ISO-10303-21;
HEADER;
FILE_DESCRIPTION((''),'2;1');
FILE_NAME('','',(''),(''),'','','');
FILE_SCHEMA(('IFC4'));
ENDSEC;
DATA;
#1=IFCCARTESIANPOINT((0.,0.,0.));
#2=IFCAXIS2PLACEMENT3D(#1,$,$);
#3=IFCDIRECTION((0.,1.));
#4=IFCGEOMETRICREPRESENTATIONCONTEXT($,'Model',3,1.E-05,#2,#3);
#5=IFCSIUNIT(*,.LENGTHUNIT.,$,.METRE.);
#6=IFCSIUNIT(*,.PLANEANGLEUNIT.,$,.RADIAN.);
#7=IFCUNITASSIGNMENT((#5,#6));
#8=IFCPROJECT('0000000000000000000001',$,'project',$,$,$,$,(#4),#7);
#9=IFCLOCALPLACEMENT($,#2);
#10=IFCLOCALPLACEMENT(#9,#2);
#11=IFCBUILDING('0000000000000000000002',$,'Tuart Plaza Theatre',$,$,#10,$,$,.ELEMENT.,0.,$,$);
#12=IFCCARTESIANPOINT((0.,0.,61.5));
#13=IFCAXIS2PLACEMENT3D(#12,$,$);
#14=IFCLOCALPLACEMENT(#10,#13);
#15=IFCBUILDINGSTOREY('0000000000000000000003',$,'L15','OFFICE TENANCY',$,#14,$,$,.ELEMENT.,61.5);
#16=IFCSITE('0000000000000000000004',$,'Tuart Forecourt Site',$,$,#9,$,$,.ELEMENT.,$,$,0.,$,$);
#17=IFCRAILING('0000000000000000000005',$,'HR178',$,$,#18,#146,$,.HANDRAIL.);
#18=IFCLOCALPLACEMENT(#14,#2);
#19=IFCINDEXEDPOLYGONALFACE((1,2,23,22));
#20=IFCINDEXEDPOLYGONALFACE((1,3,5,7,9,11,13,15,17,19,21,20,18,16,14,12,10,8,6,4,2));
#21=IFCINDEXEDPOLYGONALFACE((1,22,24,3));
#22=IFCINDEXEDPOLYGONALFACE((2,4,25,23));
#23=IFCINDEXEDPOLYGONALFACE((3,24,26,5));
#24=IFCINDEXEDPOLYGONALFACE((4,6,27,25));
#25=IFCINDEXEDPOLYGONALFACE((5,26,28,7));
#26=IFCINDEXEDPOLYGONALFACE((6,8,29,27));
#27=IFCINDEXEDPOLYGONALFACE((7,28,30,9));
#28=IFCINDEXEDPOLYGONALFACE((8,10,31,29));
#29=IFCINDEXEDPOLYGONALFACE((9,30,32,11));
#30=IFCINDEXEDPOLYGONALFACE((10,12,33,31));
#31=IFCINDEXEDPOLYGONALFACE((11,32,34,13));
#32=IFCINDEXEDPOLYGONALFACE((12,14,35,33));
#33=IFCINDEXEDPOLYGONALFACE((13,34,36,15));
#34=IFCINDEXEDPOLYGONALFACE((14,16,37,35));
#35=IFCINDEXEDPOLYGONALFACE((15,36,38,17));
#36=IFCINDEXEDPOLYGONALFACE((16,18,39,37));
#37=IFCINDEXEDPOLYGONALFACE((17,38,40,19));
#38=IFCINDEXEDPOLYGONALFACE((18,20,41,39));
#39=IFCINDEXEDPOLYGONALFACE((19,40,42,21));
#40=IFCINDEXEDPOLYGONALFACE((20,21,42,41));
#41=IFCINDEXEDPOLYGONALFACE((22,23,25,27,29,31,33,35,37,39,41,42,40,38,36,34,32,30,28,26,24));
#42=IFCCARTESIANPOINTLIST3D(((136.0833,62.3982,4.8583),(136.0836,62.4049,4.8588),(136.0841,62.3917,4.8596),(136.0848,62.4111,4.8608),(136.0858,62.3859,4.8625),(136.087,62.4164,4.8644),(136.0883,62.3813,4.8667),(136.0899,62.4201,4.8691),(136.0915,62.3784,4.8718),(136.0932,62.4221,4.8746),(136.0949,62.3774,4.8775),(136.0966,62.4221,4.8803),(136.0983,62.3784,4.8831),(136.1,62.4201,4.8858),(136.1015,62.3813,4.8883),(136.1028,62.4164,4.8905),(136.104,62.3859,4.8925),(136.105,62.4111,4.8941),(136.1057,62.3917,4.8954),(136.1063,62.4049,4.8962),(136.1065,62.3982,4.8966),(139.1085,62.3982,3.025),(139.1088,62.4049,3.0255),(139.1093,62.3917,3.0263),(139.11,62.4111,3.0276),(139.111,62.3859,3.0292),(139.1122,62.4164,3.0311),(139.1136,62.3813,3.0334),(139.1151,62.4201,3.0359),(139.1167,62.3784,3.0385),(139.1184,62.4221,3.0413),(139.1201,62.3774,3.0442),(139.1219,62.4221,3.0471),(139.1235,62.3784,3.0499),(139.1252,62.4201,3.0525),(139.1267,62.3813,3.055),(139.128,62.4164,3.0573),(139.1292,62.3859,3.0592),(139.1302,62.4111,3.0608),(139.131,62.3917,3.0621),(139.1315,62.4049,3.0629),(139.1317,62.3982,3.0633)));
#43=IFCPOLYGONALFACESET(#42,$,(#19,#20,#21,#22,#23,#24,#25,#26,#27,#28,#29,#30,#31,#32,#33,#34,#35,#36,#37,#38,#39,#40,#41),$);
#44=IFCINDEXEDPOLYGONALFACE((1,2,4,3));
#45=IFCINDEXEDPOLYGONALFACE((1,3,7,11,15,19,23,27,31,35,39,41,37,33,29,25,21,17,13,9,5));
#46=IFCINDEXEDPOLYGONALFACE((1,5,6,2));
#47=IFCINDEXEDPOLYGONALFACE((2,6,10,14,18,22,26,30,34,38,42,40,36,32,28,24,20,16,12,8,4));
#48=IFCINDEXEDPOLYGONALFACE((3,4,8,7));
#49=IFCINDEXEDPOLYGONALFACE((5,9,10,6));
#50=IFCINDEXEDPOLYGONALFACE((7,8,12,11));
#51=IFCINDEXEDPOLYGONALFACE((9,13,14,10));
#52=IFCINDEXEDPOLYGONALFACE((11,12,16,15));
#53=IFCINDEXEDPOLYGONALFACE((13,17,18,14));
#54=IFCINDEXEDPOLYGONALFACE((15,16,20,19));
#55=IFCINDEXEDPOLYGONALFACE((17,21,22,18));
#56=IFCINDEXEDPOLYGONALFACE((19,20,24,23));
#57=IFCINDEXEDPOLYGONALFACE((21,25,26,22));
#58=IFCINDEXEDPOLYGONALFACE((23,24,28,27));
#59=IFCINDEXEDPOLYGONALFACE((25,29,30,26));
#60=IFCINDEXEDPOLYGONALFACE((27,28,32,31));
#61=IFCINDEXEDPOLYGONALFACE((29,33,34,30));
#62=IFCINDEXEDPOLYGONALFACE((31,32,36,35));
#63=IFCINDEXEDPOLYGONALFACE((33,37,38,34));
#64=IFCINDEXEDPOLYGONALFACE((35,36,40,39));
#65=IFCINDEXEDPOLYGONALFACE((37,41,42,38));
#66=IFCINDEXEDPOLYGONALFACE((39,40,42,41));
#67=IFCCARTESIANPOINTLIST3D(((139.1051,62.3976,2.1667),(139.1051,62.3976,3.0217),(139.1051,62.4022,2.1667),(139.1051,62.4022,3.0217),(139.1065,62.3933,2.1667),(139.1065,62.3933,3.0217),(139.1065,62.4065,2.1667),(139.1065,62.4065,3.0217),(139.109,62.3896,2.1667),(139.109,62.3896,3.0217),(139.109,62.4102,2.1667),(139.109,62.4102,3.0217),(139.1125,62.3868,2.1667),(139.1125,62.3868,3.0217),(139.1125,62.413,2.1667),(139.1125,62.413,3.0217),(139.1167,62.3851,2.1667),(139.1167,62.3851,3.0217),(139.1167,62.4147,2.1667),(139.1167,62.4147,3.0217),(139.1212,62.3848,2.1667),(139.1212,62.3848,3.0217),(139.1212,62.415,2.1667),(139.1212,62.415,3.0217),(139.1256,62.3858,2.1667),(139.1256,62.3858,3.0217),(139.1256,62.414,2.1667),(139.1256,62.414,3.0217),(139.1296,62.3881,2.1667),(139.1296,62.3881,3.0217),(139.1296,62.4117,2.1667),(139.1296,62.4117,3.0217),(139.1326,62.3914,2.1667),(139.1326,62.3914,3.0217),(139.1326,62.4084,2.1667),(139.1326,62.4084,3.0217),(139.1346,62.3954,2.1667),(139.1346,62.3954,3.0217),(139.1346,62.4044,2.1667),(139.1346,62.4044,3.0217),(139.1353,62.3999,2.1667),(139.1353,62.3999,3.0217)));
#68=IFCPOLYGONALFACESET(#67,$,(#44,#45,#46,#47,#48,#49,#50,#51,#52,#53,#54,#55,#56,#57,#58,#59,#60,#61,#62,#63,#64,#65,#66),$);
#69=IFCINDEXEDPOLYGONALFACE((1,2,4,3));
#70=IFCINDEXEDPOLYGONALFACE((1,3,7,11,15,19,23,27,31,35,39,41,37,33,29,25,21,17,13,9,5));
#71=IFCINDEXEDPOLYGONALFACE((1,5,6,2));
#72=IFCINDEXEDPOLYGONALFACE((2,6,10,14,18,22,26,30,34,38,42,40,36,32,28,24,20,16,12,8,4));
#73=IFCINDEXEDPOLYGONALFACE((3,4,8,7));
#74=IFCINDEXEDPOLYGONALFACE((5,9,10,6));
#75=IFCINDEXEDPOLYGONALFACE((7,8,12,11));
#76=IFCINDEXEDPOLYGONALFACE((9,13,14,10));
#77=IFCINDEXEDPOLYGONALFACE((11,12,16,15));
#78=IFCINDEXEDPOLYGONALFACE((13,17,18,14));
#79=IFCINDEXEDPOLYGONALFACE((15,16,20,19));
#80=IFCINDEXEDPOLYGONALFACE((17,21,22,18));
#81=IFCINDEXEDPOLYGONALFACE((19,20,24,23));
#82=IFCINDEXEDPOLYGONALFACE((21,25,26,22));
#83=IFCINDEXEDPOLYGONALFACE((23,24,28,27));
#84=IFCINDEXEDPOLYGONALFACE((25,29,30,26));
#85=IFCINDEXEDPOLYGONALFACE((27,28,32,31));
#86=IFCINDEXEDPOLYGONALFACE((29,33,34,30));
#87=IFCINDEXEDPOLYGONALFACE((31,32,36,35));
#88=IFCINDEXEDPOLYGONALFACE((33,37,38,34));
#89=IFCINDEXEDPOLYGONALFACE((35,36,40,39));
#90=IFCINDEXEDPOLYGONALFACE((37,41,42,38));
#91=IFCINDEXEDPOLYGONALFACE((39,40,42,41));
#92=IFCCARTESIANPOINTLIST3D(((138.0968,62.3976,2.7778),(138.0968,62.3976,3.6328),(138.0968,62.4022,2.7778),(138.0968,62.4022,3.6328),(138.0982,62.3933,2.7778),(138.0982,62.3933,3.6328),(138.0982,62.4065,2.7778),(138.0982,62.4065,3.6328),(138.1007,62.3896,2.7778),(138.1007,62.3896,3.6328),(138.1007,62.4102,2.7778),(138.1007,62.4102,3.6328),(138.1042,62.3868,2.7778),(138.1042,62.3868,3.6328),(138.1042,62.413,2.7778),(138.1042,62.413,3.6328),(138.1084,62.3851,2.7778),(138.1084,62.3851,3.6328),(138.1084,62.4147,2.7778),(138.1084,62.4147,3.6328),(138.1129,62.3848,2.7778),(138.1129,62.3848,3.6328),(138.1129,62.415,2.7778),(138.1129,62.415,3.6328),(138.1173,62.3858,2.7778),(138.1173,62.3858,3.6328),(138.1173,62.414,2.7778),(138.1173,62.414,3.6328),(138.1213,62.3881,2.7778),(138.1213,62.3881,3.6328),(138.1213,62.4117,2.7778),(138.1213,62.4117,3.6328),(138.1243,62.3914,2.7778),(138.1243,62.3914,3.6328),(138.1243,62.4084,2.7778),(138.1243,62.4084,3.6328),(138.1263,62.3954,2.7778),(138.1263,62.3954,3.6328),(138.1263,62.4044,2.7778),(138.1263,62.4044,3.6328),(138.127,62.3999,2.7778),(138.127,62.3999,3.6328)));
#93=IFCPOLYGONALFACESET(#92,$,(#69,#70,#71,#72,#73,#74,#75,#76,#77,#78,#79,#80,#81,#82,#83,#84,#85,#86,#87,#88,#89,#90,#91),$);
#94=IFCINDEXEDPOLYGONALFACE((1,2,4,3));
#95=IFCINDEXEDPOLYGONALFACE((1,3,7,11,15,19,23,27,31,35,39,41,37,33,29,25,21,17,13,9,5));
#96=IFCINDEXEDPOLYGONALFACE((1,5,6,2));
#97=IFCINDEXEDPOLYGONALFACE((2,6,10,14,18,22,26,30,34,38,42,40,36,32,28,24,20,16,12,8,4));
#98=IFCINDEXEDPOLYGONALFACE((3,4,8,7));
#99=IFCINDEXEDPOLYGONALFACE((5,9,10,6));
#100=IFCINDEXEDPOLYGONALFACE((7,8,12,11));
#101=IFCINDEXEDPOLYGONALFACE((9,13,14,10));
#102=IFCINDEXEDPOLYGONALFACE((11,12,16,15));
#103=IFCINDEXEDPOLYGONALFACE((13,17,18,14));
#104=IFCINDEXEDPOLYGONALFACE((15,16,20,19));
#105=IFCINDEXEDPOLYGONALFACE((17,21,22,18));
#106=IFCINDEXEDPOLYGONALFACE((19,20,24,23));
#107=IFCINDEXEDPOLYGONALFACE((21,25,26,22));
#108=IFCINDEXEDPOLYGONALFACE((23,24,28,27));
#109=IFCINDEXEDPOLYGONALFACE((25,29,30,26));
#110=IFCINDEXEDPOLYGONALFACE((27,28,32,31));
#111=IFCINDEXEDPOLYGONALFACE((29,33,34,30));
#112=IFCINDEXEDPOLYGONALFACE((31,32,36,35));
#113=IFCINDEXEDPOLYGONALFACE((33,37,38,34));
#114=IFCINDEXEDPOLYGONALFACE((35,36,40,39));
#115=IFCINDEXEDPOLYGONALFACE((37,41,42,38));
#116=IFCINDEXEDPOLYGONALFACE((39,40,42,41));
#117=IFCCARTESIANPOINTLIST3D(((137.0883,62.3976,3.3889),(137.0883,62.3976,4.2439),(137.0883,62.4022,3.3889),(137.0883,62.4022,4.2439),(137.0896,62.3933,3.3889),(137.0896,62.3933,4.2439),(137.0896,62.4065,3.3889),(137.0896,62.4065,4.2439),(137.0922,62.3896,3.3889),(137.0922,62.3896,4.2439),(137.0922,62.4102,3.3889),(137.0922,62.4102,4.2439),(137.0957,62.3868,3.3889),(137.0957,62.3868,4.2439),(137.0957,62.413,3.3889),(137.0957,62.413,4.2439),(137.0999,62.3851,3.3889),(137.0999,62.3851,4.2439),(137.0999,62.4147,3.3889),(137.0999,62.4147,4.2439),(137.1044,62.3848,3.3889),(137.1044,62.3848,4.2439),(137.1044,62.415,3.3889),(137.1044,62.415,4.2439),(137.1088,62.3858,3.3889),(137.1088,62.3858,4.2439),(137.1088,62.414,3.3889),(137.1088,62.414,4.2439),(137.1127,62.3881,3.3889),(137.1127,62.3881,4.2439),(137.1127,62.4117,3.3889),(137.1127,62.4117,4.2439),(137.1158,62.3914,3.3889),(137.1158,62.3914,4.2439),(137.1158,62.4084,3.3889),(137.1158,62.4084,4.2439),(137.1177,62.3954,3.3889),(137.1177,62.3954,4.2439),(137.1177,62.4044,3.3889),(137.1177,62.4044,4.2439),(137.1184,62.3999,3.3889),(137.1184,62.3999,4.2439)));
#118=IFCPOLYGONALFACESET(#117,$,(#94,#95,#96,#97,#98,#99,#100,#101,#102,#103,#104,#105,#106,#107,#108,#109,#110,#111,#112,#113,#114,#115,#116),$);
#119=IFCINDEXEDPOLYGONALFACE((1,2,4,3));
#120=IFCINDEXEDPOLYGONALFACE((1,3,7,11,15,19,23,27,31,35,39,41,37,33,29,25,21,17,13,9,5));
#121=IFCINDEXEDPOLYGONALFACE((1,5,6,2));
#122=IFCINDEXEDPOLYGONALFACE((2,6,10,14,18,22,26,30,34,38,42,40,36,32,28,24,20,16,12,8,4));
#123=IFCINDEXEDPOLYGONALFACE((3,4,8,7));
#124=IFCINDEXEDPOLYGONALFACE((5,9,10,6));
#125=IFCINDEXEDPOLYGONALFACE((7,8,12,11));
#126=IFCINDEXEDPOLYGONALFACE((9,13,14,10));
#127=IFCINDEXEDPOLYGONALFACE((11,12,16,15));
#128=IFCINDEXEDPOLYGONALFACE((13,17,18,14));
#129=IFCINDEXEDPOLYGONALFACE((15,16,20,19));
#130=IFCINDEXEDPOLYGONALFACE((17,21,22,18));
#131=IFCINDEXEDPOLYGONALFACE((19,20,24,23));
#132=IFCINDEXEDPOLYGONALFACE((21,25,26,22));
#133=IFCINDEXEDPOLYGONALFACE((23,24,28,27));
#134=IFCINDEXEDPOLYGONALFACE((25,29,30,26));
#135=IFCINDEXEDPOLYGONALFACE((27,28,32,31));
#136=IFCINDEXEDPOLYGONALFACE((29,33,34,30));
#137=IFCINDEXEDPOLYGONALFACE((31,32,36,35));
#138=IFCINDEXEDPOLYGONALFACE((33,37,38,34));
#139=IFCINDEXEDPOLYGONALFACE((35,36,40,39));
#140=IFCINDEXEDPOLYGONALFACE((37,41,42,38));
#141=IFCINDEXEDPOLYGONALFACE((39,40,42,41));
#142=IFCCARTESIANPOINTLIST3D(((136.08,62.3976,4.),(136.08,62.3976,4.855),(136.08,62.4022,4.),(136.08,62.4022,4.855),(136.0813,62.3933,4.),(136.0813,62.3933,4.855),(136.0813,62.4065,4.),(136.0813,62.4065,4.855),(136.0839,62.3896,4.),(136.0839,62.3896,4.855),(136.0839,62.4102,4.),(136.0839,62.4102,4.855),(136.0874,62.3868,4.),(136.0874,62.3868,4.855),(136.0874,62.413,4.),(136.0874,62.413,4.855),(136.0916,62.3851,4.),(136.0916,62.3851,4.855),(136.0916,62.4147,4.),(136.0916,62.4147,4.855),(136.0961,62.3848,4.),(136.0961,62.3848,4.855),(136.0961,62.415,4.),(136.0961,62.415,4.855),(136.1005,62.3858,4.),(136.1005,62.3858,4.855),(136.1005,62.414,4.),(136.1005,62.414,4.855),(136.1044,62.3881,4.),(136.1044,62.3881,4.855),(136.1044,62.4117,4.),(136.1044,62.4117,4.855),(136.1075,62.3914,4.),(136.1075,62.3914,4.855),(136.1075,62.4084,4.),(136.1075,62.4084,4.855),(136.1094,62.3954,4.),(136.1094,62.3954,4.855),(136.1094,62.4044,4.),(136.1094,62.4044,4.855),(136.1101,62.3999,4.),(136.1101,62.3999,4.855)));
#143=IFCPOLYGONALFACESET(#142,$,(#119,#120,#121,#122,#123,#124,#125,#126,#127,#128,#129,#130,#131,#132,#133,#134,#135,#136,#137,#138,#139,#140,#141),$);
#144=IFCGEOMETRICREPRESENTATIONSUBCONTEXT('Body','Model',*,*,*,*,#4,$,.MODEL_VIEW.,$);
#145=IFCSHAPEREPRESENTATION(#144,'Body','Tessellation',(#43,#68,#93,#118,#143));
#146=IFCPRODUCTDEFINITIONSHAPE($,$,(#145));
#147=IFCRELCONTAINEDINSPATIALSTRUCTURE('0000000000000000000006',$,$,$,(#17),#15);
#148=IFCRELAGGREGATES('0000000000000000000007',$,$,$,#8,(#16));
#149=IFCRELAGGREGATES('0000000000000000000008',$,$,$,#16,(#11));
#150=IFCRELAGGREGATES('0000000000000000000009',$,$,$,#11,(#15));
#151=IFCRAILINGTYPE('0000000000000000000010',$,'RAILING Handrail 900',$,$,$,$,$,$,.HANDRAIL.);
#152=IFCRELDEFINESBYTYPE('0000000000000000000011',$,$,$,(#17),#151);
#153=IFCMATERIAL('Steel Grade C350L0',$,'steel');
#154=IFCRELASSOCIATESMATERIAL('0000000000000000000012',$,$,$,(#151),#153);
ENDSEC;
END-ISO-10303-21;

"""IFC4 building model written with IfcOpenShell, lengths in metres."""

from ifc_helpers import new_model, si_unit, direction, frame, origin, origin_2d, place, context, subcontext, project, spatial, circle, extrude, material, type_object, element, save


model = new_model("IFC4")

# Units and contexts
model_context = context("Model", 3, precision=1e-05, world=origin(), true_north=direction((0.0, 1.0)))
body_context = subcontext(model_context, "Body", "Model", "MODEL_VIEW")
ifc_project = project(units=[si_unit("LENGTHUNIT", "METRE"), si_unit("PLANEANGLEUNIT", "RADIAN")], contexts=[model_context])

# Site, building, storey
site_placement = place(None, origin())
site = spatial("IfcSite", under=ifc_project, at=site_placement, Name="Tuart Forecourt Site", CompositionType="ELEMENT", RefElevation=0.0)
building_placement = place(site_placement, origin())
building = spatial("IfcBuilding", under=site, at=building_placement, Name="Tuart Plaza Theatre", CompositionType="ELEMENT", ElevationOfRefHeight=0.0)
storey_placement = place(building_placement, frame((0.0, 0.0, 61.5)))
storey = spatial("IfcBuildingStorey", under=building, at=storey_placement, Name="L15", Description="OFFICE TENANCY", CompositionType="ELEMENT", Elevation=61.5)

# Railing
ifc_material_1 = material(Name="Steel Grade C350L0", Category="steel")
railing_type_1 = type_object("IfcRailingType", Name="RAILING Handrail 900", PredefinedType="HANDRAIL", material=ifc_material_1)
for number, where, name in (
    (1, (139.1201, 62.3999, 2.1667), "HR178"),
):
    element("IfcRailing", number, at=place(storey_placement, frame(where)), inside=storey, type_object=railing_type_1, Name=name, PredefinedType="HANDRAIL", context=body_context, shape_type="SweptSolid", body=[
        extrude(circle(Radius=0.0225, at=origin_2d()), frame((0.0, 0.0, 0.8774), z_axis=(-0.855219, 0.0, 0.518267), x_axis=(0.0, -1.0, 0.0)), (0.0, 0.0, 1.0), 3.5374),
        extrude(circle(Radius=0.0151, at=origin_2d()), origin(), (0.0, 0.0, 1.0), 0.855),
        extrude(circle(Radius=0.0151, at=origin_2d()), frame((-1.0083, 0.0, 0.6111)), (0.0, 0.0, 1.0), 0.855),
        extrude(circle(Radius=0.0151, at=origin_2d()), frame((-2.0168, 0.0, 1.2222)), (0.0, 0.0, 1.0), 0.855),
        extrude(circle(Radius=0.0151, at=origin_2d()), frame((-3.0251, 0.0, 1.8333)), (0.0, 0.0, 1.0), 0.855),
    ])

save(model, "model.ifc")
